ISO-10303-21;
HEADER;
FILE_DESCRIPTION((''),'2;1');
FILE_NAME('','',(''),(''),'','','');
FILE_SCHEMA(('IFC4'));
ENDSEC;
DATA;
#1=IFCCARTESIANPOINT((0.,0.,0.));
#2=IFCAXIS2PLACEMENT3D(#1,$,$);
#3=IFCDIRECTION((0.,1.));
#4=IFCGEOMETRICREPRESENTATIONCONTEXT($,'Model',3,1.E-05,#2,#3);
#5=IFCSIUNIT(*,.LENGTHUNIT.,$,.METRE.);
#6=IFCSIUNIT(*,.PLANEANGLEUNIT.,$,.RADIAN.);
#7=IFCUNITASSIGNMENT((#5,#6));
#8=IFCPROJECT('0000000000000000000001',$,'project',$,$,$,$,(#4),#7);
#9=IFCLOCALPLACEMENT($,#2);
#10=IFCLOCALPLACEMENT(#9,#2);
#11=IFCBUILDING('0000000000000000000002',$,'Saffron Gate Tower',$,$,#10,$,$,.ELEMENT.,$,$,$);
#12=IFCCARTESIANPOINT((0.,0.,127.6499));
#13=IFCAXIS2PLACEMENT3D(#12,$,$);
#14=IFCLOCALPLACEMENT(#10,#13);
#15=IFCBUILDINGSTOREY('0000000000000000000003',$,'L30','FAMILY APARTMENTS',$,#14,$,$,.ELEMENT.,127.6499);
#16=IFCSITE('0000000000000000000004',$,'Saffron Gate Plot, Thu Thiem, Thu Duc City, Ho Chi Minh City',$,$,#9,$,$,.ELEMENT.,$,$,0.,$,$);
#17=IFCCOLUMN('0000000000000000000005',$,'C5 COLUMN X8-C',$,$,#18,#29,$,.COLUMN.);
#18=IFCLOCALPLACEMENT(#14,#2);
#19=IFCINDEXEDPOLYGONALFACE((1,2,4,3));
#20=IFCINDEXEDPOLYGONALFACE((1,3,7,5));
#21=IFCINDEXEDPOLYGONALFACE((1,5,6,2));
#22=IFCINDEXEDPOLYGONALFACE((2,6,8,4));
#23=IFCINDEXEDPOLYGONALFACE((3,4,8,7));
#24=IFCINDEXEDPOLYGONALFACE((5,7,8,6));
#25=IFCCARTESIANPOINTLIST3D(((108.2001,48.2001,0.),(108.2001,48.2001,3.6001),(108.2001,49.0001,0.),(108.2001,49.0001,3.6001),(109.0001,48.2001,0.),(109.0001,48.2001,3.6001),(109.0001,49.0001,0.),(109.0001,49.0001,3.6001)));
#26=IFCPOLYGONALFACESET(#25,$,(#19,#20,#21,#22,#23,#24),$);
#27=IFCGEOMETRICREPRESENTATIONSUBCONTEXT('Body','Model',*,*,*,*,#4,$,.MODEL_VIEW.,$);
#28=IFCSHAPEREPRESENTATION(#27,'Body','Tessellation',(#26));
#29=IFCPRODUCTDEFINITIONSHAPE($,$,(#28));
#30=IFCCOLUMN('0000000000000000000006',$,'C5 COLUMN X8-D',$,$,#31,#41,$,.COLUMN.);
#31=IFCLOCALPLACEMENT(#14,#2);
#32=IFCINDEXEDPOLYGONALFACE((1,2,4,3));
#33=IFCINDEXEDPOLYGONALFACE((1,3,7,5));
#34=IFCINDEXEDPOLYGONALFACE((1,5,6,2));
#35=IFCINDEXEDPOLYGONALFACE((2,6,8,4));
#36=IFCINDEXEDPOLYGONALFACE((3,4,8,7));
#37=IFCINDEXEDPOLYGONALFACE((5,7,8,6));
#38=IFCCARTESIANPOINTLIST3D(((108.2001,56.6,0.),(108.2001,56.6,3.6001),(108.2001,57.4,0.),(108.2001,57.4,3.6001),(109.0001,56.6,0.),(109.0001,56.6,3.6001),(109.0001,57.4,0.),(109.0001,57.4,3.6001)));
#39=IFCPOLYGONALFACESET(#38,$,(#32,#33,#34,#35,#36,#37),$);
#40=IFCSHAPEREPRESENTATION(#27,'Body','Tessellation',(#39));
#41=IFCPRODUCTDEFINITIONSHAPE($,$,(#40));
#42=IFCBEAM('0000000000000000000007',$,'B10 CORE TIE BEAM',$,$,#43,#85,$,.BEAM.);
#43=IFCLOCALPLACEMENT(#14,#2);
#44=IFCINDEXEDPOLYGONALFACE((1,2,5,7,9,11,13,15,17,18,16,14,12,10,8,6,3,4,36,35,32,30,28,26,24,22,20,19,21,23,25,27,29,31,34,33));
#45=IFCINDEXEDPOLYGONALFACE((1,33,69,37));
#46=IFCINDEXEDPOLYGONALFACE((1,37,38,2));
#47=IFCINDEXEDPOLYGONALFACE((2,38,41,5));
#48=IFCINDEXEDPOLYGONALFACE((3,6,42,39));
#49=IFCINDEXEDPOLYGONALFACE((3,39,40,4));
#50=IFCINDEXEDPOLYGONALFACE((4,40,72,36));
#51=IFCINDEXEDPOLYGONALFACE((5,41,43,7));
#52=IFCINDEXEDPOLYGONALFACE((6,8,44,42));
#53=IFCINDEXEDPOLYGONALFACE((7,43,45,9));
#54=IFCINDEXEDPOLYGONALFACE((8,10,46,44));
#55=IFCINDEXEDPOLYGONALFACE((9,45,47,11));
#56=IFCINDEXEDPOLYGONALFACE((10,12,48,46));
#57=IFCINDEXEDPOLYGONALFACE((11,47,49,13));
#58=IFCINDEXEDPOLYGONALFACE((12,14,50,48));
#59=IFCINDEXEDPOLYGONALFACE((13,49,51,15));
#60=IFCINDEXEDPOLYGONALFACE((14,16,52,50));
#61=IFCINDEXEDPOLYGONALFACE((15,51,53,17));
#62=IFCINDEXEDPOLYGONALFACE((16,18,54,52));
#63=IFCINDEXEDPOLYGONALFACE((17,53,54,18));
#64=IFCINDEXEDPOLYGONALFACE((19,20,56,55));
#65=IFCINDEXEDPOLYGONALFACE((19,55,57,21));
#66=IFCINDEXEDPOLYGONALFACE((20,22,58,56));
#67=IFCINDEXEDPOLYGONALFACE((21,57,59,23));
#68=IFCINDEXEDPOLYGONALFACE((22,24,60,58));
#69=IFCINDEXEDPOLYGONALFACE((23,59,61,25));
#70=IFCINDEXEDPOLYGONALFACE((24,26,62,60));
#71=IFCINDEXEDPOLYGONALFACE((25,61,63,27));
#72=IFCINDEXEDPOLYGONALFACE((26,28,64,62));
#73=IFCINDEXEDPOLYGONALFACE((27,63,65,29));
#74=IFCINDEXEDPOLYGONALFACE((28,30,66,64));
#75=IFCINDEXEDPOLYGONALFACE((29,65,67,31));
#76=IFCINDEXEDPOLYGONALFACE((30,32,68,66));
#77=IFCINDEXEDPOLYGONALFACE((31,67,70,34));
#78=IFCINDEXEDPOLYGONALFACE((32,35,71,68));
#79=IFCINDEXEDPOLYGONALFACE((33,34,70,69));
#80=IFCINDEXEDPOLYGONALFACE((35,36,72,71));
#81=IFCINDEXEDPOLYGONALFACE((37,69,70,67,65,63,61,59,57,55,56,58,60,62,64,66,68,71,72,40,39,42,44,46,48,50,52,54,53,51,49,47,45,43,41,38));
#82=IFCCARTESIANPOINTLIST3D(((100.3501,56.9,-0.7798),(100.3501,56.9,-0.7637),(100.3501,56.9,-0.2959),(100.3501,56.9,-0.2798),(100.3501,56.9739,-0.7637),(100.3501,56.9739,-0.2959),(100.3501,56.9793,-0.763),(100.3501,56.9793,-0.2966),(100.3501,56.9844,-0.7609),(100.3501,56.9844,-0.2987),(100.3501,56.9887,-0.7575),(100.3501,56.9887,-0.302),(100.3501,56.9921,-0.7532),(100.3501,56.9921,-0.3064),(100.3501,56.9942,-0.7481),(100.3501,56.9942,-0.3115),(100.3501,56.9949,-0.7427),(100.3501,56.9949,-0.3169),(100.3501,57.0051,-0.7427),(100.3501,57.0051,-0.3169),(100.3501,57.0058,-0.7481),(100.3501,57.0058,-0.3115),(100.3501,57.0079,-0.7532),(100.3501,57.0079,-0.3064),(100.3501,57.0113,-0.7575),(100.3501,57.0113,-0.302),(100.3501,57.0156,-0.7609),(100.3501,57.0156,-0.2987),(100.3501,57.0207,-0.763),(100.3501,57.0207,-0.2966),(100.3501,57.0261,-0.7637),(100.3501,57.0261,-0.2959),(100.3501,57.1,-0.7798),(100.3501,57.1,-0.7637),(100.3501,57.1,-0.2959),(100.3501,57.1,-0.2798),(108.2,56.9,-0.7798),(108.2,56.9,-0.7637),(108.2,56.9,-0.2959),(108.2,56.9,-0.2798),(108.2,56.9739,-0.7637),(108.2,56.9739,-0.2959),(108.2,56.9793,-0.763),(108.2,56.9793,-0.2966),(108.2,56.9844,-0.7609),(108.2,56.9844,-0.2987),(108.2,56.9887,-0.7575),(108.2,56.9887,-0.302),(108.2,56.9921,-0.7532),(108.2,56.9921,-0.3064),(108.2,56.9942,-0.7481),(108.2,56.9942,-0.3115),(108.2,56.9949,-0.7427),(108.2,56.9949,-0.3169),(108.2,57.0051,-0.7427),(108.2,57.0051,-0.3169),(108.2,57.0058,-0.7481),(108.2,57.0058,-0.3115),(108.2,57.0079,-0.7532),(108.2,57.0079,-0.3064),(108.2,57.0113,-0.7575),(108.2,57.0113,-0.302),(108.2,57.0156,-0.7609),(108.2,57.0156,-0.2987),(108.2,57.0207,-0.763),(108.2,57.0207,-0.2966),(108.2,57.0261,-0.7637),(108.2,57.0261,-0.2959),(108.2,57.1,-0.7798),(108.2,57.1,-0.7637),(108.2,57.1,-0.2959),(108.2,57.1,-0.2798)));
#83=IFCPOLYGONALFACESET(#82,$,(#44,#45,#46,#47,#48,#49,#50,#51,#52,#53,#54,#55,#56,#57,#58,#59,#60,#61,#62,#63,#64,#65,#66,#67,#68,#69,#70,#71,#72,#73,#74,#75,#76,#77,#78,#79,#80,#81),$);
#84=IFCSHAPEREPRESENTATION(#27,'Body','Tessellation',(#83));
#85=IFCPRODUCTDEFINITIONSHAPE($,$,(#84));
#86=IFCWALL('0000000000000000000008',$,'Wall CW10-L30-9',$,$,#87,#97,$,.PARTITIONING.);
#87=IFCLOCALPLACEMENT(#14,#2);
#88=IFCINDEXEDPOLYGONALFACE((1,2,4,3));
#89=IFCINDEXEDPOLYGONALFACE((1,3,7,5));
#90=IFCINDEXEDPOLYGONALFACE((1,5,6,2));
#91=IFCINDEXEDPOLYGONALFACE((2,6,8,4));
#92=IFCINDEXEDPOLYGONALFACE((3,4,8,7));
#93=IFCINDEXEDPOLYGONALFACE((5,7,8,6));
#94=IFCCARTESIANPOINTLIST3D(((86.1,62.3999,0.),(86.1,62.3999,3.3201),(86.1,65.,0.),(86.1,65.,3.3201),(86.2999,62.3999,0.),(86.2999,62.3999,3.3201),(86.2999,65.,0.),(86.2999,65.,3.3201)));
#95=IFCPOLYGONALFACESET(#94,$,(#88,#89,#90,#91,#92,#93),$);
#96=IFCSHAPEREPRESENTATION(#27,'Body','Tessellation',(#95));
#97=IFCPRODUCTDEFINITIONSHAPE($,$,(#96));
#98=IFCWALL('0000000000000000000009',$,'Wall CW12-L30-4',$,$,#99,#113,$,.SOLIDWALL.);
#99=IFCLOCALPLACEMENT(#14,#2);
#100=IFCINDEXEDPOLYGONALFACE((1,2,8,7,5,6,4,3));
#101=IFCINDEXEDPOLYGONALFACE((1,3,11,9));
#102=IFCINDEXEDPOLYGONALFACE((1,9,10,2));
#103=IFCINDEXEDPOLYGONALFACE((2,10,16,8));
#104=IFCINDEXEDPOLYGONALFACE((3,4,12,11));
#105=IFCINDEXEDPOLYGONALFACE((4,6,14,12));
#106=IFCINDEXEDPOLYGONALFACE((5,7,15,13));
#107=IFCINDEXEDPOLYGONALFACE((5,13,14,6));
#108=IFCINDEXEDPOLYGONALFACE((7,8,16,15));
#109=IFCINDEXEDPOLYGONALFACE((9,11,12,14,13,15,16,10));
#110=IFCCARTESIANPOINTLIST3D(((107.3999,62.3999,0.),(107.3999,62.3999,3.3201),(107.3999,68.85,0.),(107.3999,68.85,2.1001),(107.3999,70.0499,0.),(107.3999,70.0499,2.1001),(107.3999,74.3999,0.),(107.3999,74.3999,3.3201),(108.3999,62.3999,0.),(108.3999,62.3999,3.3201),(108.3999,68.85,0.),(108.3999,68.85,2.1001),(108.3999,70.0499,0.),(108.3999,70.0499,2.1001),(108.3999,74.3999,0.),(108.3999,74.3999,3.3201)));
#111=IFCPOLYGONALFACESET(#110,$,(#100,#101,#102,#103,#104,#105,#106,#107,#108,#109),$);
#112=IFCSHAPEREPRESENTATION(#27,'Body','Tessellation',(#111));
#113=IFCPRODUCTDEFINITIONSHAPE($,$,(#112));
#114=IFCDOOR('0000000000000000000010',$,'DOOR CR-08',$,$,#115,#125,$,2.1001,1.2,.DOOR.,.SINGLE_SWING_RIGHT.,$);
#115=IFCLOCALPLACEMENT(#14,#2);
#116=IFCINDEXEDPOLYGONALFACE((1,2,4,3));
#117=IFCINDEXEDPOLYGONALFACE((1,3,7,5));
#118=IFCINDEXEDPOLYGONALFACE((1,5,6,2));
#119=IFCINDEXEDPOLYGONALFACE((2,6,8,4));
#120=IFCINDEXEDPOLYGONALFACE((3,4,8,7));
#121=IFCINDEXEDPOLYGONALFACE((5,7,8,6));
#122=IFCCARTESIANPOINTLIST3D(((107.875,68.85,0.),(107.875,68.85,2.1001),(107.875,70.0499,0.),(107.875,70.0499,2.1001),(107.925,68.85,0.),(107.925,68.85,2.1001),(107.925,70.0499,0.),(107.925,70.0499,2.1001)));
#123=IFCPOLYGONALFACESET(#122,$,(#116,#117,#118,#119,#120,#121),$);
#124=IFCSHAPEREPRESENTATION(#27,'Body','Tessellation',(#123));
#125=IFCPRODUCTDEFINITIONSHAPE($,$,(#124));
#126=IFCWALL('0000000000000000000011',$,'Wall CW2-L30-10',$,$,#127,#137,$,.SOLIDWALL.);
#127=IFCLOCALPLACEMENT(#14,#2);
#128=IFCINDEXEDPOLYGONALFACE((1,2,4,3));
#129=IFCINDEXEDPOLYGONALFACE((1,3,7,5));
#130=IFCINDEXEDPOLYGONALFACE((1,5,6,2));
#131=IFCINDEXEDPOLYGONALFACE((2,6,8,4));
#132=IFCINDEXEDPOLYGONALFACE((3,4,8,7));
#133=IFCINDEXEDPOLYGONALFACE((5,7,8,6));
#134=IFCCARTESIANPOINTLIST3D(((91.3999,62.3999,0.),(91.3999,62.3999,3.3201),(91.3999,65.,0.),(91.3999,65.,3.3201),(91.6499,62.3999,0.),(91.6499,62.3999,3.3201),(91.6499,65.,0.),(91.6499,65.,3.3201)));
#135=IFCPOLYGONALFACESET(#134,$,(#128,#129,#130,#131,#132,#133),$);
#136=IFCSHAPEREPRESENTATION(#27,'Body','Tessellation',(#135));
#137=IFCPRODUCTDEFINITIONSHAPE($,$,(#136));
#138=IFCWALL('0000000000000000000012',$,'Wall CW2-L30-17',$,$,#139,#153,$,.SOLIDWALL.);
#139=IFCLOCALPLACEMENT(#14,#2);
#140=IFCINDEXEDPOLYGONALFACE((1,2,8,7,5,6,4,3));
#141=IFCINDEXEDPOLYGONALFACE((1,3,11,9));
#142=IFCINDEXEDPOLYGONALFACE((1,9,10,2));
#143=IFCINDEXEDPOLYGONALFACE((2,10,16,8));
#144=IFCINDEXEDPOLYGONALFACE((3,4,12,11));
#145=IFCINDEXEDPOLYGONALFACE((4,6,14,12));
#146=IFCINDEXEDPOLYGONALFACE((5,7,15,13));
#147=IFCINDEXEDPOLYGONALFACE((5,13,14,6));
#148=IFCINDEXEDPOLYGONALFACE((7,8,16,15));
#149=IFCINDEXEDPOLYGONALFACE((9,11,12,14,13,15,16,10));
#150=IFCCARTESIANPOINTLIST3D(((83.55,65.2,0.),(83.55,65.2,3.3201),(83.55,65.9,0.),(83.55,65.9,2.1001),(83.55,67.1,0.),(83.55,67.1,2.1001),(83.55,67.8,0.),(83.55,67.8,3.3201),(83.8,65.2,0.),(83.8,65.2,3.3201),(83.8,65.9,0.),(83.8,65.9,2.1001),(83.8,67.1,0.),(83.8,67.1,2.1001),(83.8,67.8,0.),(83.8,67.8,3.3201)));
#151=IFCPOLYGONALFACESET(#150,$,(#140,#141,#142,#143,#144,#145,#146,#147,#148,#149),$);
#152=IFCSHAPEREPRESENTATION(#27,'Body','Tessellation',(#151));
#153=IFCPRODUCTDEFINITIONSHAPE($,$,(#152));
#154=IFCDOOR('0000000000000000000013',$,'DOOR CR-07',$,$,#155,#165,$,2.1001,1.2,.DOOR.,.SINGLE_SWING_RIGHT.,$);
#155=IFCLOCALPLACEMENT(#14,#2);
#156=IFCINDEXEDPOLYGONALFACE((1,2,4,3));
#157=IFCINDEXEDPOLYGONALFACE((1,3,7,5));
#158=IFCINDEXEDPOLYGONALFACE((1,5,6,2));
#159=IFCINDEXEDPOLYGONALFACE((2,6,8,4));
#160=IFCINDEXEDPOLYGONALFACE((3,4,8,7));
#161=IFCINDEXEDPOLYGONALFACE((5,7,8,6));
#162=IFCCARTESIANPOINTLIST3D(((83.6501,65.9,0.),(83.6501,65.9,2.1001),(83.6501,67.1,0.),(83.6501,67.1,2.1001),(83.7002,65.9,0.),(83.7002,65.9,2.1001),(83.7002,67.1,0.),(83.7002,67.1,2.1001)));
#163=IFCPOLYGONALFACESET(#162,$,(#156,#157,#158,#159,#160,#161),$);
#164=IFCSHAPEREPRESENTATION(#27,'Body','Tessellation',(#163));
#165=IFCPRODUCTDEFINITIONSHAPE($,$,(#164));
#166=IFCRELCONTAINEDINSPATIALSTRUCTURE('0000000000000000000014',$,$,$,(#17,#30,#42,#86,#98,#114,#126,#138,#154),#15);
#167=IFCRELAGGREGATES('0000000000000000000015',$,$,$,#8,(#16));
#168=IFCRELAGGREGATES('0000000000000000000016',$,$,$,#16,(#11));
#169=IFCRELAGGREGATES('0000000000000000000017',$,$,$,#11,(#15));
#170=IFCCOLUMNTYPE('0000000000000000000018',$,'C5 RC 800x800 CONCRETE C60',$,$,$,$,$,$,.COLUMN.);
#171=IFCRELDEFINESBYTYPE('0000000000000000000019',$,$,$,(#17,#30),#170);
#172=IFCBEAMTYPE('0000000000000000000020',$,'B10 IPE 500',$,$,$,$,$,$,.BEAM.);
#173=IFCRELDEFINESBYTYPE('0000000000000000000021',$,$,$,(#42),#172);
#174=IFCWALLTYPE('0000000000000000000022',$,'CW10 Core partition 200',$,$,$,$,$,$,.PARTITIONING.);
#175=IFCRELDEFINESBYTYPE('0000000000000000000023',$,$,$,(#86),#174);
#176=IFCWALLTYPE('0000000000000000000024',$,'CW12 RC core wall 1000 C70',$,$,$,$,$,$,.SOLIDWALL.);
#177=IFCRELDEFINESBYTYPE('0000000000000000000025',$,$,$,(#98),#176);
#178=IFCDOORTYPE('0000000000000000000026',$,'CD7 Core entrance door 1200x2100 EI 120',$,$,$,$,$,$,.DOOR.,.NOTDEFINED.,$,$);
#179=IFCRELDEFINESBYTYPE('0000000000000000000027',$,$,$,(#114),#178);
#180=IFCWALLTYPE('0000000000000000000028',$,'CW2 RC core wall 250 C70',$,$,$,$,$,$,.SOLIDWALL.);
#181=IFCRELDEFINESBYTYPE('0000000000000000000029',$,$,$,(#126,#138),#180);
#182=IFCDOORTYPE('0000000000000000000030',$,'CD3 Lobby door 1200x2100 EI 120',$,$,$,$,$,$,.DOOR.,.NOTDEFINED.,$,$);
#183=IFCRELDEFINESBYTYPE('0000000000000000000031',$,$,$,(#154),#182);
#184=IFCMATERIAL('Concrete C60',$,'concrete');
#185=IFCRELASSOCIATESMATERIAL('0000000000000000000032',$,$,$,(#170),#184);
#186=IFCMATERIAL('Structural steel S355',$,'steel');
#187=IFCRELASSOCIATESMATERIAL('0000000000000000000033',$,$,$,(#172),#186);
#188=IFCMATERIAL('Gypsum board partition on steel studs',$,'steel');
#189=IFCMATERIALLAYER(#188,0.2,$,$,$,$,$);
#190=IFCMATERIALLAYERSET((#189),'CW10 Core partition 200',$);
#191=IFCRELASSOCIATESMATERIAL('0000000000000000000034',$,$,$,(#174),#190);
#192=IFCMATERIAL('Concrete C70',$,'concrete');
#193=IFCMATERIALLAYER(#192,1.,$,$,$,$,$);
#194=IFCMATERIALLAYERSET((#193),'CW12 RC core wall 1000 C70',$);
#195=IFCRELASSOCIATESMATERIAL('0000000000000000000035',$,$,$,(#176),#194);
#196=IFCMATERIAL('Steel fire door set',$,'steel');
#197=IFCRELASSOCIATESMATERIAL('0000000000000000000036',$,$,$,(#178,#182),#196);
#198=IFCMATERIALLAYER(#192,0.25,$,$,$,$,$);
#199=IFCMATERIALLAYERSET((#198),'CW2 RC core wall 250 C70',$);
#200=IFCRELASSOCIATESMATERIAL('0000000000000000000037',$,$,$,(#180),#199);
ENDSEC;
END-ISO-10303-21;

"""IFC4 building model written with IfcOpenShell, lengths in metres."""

from ifc_helpers import new_model, si_unit, direction, frame, frame_2d, origin, origin_2d, place, context, subcontext, project, spatial, rectangle, i_section, extrude, material, layer, layer_set, material_profile, profile_set, type_object, element, fill, save


model = new_model("IFC4")

# Units and contexts
model_context = context("Model", 3, precision=1e-05, world=origin(), true_north=direction((0.0, 1.0)))
body_context = subcontext(model_context, "Body", "Model", "MODEL_VIEW")
ifc_project = project(units=[si_unit("LENGTHUNIT", "METRE"), si_unit("PLANEANGLEUNIT", "RADIAN")], contexts=[model_context])

# Site, building, storey
site_placement = place(None, origin())
site = spatial("IfcSite", under=ifc_project, at=site_placement, Name="Saffron Gate Plot, Thu Thiem, Thu Duc City, Ho Chi Minh City", CompositionType="ELEMENT", RefElevation=0.0)
building_placement = place(site_placement, origin())
building = spatial("IfcBuilding", under=site, at=building_placement, Name="Saffron Gate Tower", CompositionType="ELEMENT")
storey_placement = place(building_placement, frame((0.0, 0.0, 127.6499)))
storey = spatial("IfcBuildingStorey", under=building, at=storey_placement, Name="L30", Description="FAMILY APARTMENTS", CompositionType="ELEMENT", Elevation=127.6499)

# Columns
ifc_material_1 = material(Name="Concrete C60", Category="concrete")
ifc_material_profile_1 = material_profile(ifc_material_1, rectangle(XDim=0.8, YDim=0.8, at=origin_2d()))
ifc_profile_set_1 = profile_set([ifc_material_profile_1], Name="Concrete C60")
column_type = type_object("IfcColumnType", Name="C5 RC 800x800 CONCRETE C60", PredefinedType="COLUMN", material=ifc_profile_set_1)
for number, where, z_axis, x_axis, name in (
    (1, (108.6001, 48.6001, 0.0), (0.0, 0.0, 1.0), (1.0, 0.0, 0.0), "C5 COLUMN X8-C"),
    (2, (108.6001, 57.0, 0.0), (0.0, 0.0, 1.0), (1.0, 0.0, 0.0), "C5 COLUMN X8-D"),
):
    element("IfcColumn", number, at=place(storey_placement, frame(where, z_axis=z_axis, x_axis=x_axis)), inside=storey, type_object=column_type, Name=name, PredefinedType="COLUMN", context=body_context, shape_type="SweptSolid", body=[
        extrude(rectangle(XDim=0.8, YDim=0.8, at=origin_2d()), origin(), (0.0, 0.0, 1.0), 3.6001),
    ])

# Beam
ifc_material_2 = material(Name="Structural steel S355", Category="steel")
ifc_material_profile_2 = material_profile(ifc_material_2, i_section(OverallWidth=0.2, OverallDepth=0.5, WebThickness=0.0103, FlangeThickness=0.0161, FilletRadius=0.021, at=origin_2d()))
ifc_profile_set_2 = profile_set([ifc_material_profile_2], Name="Structural steel S355")
beam_type = type_object("IfcBeamType", Name="B10 IPE 500", PredefinedType="BEAM", material=ifc_profile_set_2)
beam_placement = place(storey_placement, frame((108.2, 57.0, -0.5298), z_axis=(-1.0, 0.0, 0.0), x_axis=(0.0, -1.0, 0.0)))
element("IfcBeam", 3, at=beam_placement, inside=storey, type_object=beam_type, Name="B10 CORE TIE BEAM", PredefinedType="BEAM", context=body_context, shape_type="SweptSolid", body=[
    extrude(i_section(OverallWidth=0.2, OverallDepth=0.5, WebThickness=0.0103, FlangeThickness=0.0161, FilletRadius=0.021, at=origin_2d()), origin(), (0.0, 0.0, 1.0), 7.8499),
])

# Wall
ifc_material_3 = material(Name="Gypsum board partition on steel studs", Category="steel")
ifc_layer_1 = layer(ifc_material_3, 0.2)
ifc_layer_set_1 = layer_set([ifc_layer_1], Name="CW10 Core partition 200")
wall_type_1 = type_object("IfcWallType", Name="CW10 Core partition 200", PredefinedType="PARTITIONING", material=ifc_layer_set_1)
wall_1_placement = place(storey_placement, frame((86.2, 62.3999, 0.0), z_axis=(0.0, 0.0, 1.0), x_axis=(0.0, 1.0, 0.0)))
element("IfcWall", 4, at=wall_1_placement, inside=storey, type_object=wall_type_1, Name="Wall CW10-L30-9", PredefinedType="PARTITIONING", context=body_context, shape_type="SweptSolid", body=[
    extrude(rectangle(XDim=2.6001, YDim=0.2, at=frame_2d((1.3, 0.0))), origin(), (0.0, 0.0, 1.0), 3.3201),
])

# Wall, opening, door
ifc_material_4 = material(Name="Concrete C70", Category="concrete")
ifc_layer_2 = layer(ifc_material_4, 1.0)
ifc_layer_set_2 = layer_set([ifc_layer_2], Name="CW12 RC core wall 1000 C70")
wall_type_2 = type_object("IfcWallType", Name="CW12 RC core wall 1000 C70", PredefinedType="SOLIDWALL", material=ifc_layer_set_2)
wall_2_placement = place(storey_placement, frame((107.8999, 62.3999, 0.0), z_axis=(0.0, 0.0, 1.0), x_axis=(0.0, 1.0, 0.0)))
wall_2 = element("IfcWall", 5, at=wall_2_placement, inside=storey, type_object=wall_type_2, Name="Wall CW12-L30-4", PredefinedType="SOLIDWALL", context=body_context, shape_type="SweptSolid", body=[
    extrude(rectangle(XDim=12.0, YDim=1.0, at=frame_2d((6.0, 0.0))), origin(), (0.0, 0.0, 1.0), 3.3201),
])
opening_1_placement = place(wall_2_placement, frame((6.45, 0.0, 0.0)))
opening_1 = element("IfcOpeningElement", 6, at=opening_1_placement, cuts=wall_2, PredefinedType="OPENING", context=body_context, shape_type="SweptSolid", body=[
    extrude(rectangle(XDim=1.2, YDim=2.1001, at=frame_2d((0.6001, 1.05))), frame((0.0, 0.51, 0.0), z_axis=(0.0, -1.0, 0.0), x_axis=(1.0, 0.0, 0.0)), (0.0, 0.0, 1.0), 1.02),
])
ifc_material_5 = material(Name="Steel fire door set", Category="steel")
door_type_1 = type_object("IfcDoorType", Name="CD7 Core entrance door 1200x2100 EI 120", OperationType="NOTDEFINED", PredefinedType="DOOR", material=ifc_material_5)
door_1_placement = place(opening_1_placement, origin())
door_1 = element("IfcDoor", 7, at=door_1_placement, inside=storey, type_object=door_type_1, Name="DOOR CR-08", OperationType="SINGLE_SWING_RIGHT", OverallHeight=2.1001, OverallWidth=1.2, PredefinedType="DOOR", context=body_context, shape_type="SweptSolid", body=[
    extrude(rectangle(XDim=1.2, YDim=2.1001, at=frame_2d((0.6001, 1.05))), frame((0.0, 0.0249, 0.0), z_axis=(0.0, -1.0, 0.0), x_axis=(1.0, 0.0, 0.0)), (0.0, 0.0, 1.0), 0.05),
])
fill(opening_1, door_1)

# Wall
ifc_layer_3 = layer(ifc_material_4, 0.25)
ifc_layer_set_3 = layer_set([ifc_layer_3], Name="CW2 RC core wall 250 C70")
wall_type_3 = type_object("IfcWallType", Name="CW2 RC core wall 250 C70", PredefinedType="SOLIDWALL", material=ifc_layer_set_3)
wall_3_placement = place(storey_placement, frame((91.5249, 62.3999, 0.0), z_axis=(0.0, 0.0, 1.0), x_axis=(0.0, 1.0, 0.0)))
element("IfcWall", 8, at=wall_3_placement, inside=storey, type_object=wall_type_3, Name="Wall CW2-L30-10", PredefinedType="SOLIDWALL", context=body_context, shape_type="SweptSolid", body=[
    extrude(rectangle(XDim=2.6001, YDim=0.25, at=frame_2d((1.3, 0.0))), origin(), (0.0, 0.0, 1.0), 3.3201),
])

# Wall, opening, door
wall_4_placement = place(storey_placement, frame((83.675, 65.2, 0.0), z_axis=(0.0, 0.0, 1.0), x_axis=(0.0, 1.0, 0.0)))
wall_4 = element("IfcWall", 9, at=wall_4_placement, inside=storey, type_object=wall_type_3, Name="Wall CW2-L30-17", PredefinedType="SOLIDWALL", context=body_context, shape_type="SweptSolid", body=[
    extrude(rectangle(XDim=2.6001, YDim=0.25, at=frame_2d((1.3, 0.0))), origin(), (0.0, 0.0, 1.0), 3.3201),
])
opening_2_placement = place(wall_4_placement, frame((0.7, 0.0, 0.0)))
opening_2 = element("IfcOpeningElement", 10, at=opening_2_placement, cuts=wall_4, PredefinedType="OPENING", context=body_context, shape_type="SweptSolid", body=[
    extrude(rectangle(XDim=1.2, YDim=2.1001, at=frame_2d((0.6001, 1.05))), frame((0.0, 0.135, 0.0), z_axis=(0.0, -1.0, 0.0), x_axis=(1.0, 0.0, 0.0)), (0.0, 0.0, 1.0), 0.27),
])
door_type_2 = type_object("IfcDoorType", Name="CD3 Lobby door 1200x2100 EI 120", OperationType="NOTDEFINED", PredefinedType="DOOR", material=ifc_material_5)
door_2_placement = place(opening_2_placement, origin())
door_2 = element("IfcDoor", 11, at=door_2_placement, inside=storey, type_object=door_type_2, Name="DOOR CR-07", OperationType="SINGLE_SWING_RIGHT", OverallHeight=2.1001, OverallWidth=1.2, PredefinedType="DOOR", context=body_context, shape_type="SweptSolid", body=[
    extrude(rectangle(XDim=1.2, YDim=2.1001, at=frame_2d((0.6001, 1.05))), frame((0.0, 0.0249, 0.0), z_axis=(0.0, -1.0, 0.0), x_axis=(1.0, 0.0, 0.0)), (0.0, 0.0, 1.0), 0.05),
])
fill(opening_2, door_2)

save(model, "model.ifc")
